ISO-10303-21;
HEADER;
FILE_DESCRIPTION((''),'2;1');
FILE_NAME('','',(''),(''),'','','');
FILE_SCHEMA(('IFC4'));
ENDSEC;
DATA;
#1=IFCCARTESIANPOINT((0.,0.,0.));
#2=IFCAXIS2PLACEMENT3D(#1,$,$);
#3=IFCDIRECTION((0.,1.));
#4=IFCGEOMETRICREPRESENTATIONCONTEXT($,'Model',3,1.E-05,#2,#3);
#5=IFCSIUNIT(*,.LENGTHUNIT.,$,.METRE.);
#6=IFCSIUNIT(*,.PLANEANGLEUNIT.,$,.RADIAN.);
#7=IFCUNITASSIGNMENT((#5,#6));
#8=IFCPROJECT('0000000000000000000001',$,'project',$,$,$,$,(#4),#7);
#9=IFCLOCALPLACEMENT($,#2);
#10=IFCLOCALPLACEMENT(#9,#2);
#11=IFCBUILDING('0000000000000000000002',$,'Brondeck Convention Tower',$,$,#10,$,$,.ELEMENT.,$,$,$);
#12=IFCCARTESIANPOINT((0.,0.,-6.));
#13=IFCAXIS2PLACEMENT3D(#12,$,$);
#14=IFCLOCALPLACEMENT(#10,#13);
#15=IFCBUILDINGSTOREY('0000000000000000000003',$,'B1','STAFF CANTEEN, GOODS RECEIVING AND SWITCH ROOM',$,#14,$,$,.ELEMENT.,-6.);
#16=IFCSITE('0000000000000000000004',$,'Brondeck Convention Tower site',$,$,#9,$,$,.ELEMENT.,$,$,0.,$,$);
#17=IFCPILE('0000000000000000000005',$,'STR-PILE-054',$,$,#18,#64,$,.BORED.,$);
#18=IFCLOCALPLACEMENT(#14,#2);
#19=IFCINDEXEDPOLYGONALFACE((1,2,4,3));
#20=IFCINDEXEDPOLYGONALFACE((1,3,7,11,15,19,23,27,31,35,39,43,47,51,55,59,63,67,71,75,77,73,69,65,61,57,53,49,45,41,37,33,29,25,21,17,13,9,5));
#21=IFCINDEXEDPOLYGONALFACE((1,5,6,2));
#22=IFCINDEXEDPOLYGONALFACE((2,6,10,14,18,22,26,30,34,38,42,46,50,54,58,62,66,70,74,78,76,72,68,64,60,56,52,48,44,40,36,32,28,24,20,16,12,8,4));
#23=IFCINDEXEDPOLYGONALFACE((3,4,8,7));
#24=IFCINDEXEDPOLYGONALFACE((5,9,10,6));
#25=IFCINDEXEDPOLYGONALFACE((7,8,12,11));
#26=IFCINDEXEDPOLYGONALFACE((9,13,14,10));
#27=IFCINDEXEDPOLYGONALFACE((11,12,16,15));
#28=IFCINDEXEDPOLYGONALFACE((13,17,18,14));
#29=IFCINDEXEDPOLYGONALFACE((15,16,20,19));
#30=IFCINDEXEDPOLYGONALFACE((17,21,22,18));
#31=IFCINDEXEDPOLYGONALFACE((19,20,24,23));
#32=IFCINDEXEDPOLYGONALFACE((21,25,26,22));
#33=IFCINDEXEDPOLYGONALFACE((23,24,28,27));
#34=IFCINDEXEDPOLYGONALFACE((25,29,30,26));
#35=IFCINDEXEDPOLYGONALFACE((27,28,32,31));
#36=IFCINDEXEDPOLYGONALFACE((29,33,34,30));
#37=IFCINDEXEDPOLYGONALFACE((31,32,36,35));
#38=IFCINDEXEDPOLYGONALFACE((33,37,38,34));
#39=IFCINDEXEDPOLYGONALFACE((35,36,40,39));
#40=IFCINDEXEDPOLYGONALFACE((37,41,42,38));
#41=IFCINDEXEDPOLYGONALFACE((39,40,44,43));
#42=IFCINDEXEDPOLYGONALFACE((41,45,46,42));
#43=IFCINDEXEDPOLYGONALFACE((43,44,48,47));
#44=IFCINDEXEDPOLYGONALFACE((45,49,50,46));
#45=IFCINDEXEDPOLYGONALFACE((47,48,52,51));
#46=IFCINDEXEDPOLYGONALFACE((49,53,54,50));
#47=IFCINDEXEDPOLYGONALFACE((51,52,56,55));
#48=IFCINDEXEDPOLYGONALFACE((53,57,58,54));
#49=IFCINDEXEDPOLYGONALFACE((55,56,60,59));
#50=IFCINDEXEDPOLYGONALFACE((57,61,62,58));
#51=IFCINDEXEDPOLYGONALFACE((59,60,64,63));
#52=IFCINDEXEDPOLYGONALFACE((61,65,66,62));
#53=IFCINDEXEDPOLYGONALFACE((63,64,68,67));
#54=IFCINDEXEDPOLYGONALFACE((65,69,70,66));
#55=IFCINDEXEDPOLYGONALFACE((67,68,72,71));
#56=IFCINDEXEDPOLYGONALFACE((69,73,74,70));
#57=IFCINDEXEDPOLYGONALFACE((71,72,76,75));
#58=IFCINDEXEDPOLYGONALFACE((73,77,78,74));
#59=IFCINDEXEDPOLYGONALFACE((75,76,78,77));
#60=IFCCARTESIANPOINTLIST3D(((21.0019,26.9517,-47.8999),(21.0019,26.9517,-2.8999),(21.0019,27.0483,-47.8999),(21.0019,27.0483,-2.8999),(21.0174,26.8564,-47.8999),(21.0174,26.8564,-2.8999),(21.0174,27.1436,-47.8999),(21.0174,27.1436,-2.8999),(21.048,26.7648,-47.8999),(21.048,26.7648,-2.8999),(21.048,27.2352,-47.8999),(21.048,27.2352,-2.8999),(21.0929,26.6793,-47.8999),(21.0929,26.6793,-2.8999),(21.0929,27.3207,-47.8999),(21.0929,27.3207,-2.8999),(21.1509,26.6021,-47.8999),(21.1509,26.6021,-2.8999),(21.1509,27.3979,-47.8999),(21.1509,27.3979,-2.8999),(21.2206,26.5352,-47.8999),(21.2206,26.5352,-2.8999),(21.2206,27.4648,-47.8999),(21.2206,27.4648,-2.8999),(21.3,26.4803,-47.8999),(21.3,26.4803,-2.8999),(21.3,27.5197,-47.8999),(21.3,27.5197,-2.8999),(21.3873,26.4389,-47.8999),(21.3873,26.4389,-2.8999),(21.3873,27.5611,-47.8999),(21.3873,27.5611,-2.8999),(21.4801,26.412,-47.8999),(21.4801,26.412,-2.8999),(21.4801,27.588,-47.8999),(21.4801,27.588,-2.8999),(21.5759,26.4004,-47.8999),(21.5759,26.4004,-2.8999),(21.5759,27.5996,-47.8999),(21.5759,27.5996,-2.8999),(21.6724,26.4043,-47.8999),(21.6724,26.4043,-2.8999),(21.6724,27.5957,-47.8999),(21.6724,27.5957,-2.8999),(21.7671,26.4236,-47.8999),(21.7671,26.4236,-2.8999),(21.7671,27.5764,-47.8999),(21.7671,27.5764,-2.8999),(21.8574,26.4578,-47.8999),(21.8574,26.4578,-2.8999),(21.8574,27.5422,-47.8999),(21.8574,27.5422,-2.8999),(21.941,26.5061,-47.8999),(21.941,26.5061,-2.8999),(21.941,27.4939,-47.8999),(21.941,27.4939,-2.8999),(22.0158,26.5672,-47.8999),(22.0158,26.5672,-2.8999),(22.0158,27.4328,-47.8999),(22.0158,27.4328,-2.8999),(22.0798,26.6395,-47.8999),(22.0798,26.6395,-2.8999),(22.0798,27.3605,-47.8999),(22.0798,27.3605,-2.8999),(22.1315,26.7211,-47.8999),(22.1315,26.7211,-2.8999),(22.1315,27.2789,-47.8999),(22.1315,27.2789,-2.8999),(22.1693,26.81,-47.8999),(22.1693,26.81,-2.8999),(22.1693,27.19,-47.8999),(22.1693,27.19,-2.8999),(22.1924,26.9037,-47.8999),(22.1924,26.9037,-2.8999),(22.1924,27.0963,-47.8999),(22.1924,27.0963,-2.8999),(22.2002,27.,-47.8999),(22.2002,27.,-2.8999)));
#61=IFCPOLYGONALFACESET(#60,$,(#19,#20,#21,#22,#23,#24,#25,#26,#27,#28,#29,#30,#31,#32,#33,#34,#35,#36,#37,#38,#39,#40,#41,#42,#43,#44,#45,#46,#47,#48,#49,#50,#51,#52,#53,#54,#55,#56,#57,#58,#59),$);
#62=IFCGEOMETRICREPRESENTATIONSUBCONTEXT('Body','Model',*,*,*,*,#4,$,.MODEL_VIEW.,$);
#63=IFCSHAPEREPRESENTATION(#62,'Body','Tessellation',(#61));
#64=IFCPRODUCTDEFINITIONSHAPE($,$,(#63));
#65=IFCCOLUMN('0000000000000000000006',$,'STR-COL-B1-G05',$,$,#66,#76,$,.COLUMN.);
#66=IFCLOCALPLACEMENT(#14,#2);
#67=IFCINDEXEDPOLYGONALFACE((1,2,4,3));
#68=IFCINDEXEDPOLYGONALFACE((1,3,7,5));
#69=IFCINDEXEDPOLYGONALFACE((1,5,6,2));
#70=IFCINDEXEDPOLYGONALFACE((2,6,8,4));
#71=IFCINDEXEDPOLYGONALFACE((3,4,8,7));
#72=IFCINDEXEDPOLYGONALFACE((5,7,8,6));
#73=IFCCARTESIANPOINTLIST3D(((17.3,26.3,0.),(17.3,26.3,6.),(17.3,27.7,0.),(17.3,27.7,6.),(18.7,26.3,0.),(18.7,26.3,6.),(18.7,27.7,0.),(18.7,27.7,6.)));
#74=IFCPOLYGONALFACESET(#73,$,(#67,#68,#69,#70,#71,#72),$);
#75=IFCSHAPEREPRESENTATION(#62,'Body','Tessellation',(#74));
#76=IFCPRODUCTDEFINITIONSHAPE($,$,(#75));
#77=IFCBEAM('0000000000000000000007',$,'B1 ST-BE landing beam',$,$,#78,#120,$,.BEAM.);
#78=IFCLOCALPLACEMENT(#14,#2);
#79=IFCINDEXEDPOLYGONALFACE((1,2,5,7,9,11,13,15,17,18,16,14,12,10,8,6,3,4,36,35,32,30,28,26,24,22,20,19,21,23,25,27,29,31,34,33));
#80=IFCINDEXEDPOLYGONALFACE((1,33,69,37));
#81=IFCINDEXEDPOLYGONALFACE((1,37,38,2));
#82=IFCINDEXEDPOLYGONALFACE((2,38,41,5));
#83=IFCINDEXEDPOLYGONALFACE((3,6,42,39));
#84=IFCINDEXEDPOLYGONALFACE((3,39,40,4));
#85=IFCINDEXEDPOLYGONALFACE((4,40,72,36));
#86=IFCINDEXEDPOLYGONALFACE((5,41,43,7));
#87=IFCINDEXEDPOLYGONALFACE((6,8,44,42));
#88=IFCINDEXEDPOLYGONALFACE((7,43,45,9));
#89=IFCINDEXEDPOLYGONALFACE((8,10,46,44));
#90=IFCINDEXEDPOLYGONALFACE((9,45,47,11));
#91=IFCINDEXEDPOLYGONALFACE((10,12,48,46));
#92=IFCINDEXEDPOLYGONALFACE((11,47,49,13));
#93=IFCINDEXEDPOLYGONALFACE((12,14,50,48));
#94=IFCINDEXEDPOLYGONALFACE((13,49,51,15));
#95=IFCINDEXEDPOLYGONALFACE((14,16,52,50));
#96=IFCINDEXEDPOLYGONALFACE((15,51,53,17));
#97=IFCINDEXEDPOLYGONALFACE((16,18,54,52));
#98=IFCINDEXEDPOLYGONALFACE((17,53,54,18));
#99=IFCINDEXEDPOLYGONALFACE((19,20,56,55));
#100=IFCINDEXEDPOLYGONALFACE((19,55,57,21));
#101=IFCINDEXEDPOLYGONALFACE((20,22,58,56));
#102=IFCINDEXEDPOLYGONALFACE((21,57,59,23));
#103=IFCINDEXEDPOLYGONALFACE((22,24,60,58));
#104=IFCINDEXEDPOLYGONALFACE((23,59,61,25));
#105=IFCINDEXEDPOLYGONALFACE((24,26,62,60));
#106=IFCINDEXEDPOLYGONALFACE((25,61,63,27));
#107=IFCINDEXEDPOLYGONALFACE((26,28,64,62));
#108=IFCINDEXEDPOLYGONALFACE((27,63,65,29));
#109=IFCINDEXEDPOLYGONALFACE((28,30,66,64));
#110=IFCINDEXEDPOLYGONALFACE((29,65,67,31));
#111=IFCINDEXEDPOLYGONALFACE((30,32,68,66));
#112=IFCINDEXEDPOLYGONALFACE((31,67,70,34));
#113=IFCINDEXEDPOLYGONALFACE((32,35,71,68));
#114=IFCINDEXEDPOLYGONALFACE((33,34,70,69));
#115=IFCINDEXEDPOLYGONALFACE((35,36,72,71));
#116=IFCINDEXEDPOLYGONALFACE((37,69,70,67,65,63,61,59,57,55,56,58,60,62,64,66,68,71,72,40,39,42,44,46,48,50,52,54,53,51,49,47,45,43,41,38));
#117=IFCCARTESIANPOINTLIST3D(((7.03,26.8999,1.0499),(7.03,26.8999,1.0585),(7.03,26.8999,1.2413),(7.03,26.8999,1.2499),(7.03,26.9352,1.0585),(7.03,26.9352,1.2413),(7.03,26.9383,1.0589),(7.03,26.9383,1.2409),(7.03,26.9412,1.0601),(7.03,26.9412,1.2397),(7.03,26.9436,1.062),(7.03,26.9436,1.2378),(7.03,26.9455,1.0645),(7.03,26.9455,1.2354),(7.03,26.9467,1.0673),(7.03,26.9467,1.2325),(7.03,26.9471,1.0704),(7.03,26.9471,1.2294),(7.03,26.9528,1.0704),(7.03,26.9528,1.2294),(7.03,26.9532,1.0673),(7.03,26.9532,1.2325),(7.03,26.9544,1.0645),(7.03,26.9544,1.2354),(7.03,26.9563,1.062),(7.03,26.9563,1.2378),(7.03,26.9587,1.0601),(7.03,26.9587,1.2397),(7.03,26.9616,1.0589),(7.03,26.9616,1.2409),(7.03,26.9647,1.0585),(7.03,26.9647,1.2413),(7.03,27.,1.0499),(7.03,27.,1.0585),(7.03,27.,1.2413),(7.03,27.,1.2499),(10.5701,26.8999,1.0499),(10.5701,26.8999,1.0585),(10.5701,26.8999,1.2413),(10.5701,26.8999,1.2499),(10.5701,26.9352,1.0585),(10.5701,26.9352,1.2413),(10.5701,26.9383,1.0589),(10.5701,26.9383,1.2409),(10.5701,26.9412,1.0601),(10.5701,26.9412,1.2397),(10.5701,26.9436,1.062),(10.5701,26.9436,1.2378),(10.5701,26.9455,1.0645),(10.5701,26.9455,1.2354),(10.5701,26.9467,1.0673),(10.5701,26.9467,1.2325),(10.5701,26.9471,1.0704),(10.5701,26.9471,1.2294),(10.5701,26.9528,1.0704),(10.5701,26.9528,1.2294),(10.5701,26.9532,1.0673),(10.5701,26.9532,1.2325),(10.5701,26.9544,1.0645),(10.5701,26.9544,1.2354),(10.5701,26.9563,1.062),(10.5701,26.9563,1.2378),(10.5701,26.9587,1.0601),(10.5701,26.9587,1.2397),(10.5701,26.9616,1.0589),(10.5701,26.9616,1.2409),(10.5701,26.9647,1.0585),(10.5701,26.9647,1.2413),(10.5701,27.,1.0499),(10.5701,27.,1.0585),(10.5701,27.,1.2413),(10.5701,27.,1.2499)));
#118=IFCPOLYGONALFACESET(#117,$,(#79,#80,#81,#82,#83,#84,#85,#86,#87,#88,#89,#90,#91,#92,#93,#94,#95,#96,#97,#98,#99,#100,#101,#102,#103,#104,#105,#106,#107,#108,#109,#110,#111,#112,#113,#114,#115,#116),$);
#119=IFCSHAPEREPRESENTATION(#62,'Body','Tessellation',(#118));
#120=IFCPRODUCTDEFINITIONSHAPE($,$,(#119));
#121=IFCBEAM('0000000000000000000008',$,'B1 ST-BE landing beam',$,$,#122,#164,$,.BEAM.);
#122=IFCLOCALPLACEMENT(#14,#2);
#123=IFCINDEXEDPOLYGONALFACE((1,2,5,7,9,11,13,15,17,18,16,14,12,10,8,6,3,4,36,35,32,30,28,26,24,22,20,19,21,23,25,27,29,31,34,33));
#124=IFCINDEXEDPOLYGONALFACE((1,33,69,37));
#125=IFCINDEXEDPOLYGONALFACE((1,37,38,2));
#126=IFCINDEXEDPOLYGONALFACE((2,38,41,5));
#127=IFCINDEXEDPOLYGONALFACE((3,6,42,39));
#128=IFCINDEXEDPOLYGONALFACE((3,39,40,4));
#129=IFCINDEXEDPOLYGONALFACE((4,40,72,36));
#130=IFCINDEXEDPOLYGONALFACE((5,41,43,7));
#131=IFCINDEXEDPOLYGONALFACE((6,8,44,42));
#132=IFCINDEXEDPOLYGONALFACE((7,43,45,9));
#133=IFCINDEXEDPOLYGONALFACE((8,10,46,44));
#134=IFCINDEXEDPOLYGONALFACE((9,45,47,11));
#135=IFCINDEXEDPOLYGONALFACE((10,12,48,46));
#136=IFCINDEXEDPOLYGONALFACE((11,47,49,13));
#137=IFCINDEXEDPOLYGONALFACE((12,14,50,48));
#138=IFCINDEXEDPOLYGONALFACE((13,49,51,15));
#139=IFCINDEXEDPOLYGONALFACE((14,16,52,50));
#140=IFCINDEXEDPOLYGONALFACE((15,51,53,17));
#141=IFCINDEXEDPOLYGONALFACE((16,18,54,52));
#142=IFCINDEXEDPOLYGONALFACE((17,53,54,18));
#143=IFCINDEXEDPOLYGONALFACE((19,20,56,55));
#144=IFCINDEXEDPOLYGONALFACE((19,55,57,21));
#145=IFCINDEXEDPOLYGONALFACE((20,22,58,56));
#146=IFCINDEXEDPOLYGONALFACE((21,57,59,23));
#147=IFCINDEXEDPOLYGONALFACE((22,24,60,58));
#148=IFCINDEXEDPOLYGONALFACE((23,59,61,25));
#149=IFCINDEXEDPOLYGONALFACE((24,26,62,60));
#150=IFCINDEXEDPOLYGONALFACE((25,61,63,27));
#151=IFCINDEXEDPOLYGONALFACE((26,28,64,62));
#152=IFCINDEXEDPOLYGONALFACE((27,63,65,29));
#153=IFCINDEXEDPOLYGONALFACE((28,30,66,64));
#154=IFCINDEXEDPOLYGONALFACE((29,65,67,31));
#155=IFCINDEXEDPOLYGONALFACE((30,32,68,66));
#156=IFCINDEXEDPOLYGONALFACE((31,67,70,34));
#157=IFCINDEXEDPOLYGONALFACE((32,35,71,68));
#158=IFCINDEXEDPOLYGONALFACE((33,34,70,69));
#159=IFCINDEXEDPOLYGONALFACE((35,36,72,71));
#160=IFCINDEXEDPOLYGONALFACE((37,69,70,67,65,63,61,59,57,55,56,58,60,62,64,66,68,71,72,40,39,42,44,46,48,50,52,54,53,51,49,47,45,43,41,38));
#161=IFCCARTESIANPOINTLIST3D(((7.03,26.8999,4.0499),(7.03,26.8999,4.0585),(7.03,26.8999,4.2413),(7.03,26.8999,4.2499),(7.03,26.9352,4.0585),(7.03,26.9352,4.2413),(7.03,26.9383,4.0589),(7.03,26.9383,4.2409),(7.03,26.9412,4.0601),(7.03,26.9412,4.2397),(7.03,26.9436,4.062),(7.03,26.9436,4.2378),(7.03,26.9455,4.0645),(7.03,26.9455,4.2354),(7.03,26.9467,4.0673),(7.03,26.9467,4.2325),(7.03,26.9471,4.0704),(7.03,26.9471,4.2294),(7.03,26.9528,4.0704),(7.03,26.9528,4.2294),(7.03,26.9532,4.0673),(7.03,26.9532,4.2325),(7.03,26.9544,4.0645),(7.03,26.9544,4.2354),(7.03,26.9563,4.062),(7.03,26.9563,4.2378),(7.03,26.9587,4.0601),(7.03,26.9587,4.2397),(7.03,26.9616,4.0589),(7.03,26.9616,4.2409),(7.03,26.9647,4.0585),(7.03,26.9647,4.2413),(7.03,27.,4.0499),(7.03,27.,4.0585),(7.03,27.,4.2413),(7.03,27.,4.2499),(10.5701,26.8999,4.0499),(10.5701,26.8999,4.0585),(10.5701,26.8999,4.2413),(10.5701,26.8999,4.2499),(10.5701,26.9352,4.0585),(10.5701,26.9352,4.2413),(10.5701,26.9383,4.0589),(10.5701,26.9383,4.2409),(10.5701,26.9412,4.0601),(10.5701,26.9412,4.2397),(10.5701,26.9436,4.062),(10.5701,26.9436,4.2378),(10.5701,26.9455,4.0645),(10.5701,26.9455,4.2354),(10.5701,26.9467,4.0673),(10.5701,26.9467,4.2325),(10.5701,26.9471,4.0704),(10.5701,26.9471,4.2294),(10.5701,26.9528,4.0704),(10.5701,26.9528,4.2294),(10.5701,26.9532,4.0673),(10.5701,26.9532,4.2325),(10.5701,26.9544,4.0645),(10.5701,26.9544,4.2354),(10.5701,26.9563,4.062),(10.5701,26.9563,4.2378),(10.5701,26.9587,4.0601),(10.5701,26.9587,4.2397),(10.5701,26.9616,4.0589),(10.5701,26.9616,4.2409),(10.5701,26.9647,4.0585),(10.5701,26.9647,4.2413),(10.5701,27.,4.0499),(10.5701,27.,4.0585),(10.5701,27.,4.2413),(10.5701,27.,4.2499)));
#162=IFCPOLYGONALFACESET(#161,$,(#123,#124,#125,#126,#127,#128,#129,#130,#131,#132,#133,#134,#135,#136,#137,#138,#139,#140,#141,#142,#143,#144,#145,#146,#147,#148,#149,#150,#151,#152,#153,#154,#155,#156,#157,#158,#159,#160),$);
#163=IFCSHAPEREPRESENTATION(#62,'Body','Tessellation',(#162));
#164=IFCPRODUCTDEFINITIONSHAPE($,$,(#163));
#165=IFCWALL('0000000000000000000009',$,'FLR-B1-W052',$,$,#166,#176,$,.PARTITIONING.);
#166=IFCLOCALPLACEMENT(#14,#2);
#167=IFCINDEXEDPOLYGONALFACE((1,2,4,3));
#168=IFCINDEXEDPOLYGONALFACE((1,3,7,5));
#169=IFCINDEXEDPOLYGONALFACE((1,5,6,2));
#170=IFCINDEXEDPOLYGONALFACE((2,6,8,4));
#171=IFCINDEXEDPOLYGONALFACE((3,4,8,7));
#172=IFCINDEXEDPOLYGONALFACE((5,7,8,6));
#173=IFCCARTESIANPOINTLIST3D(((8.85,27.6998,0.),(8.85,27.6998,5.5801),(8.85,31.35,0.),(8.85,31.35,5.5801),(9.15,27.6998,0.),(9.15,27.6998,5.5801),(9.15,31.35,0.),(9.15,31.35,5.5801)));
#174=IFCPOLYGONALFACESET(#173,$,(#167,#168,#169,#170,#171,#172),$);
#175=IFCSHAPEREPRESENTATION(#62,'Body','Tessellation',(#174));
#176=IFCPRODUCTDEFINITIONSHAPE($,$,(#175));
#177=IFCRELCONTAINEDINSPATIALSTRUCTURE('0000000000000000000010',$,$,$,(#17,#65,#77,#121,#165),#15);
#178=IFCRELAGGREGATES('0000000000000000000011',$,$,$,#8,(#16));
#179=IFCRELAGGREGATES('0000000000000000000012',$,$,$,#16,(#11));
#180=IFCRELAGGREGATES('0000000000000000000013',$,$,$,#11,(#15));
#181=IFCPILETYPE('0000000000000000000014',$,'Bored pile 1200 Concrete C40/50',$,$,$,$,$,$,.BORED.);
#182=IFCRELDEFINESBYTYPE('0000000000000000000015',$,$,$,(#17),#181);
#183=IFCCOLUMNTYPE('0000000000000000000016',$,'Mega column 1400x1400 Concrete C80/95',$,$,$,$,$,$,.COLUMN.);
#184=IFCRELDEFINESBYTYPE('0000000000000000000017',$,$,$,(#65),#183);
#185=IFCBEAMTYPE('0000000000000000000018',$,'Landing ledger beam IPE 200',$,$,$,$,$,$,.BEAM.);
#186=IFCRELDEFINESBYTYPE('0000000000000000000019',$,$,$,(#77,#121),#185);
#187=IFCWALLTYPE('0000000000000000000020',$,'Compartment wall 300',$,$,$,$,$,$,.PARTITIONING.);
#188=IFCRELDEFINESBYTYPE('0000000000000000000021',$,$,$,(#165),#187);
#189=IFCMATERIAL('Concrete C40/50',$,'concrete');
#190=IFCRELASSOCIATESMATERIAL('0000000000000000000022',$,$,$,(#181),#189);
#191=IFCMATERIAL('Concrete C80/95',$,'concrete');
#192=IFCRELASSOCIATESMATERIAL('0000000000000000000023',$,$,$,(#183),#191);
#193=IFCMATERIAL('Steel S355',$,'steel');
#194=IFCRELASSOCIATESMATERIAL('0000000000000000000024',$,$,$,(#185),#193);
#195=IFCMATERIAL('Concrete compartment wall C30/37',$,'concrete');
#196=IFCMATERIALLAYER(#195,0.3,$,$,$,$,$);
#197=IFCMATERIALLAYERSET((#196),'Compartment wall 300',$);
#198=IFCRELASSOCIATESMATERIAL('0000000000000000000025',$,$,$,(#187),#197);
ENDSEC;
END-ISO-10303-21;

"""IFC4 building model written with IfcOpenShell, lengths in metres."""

from ifc_helpers import new_model, si_unit, direction, frame, frame_2d, origin, origin_2d, place, context, subcontext, project, spatial, rectangle, circle, i_section, extrude, material, layer, layer_set, material_profile, profile_set, type_object, element, save


model = new_model("IFC4")

# Units and contexts
model_context = context("Model", 3, precision=1e-05, world=origin(), true_north=direction((0.0, 1.0)))
body_context = subcontext(model_context, "Body", "Model", "MODEL_VIEW")
ifc_project = project(units=[si_unit("LENGTHUNIT", "METRE"), si_unit("PLANEANGLEUNIT", "RADIAN")], contexts=[model_context])

# Site, building, storey
site_placement = place(None, origin())
site = spatial("IfcSite", under=ifc_project, at=site_placement, Name="Brondeck Convention Tower site", CompositionType="ELEMENT", RefElevation=0.0)
building_placement = place(site_placement, origin())
building = spatial("IfcBuilding", under=site, at=building_placement, Name="Brondeck Convention Tower", CompositionType="ELEMENT")
storey_placement = place(building_placement, frame((0.0, 0.0, -6.0)))
storey = spatial("IfcBuildingStorey", under=building, at=storey_placement, Name="B1", Description="STAFF CANTEEN, GOODS RECEIVING AND SWITCH ROOM", CompositionType="ELEMENT", Elevation=-6.0)

# Pile
ifc_material_1 = material(Name="Concrete C40/50", Category="concrete")
ifc_material_profile_1 = material_profile(ifc_material_1, circle(Radius=0.6001, at=origin_2d()), Name="Bored pile 1200 Concrete C40/50")
ifc_profile_set_1 = profile_set([ifc_material_profile_1], Name="Concrete C40/50")
pile_type = type_object("IfcPileType", Name="Bored pile 1200 Concrete C40/50", PredefinedType="BORED", material=ifc_profile_set_1)
for number, where, z_axis, x_axis, name in (
    (1, (21.6001, 27.0, -2.8999), (0.0, 0.0, -1.0), (1.0, 0.0, 0.0), "STR-PILE-054"),
):
    element("IfcPile", number, at=place(storey_placement, frame(where, z_axis=z_axis, x_axis=x_axis)), inside=storey, type_object=pile_type, Name=name, PredefinedType="BORED", context=body_context, shape_type="SweptSolid", body=[
        extrude(circle(Radius=0.6001, at=origin_2d()), origin(), (0.0, 0.0, 1.0), 45.0),
    ])

# Column
ifc_material_2 = material(Name="Concrete C80/95", Category="concrete")
ifc_material_profile_2 = material_profile(ifc_material_2, rectangle(XDim=1.3999, YDim=1.3999, at=origin_2d()), Name="Mega column 1400x1400 Concrete C80/95")
ifc_profile_set_2 = profile_set([ifc_material_profile_2], Name="Concrete C80/95")
column_type = type_object("IfcColumnType", Name="Mega column 1400x1400 Concrete C80/95", PredefinedType="COLUMN", material=ifc_profile_set_2)
column_placement = place(storey_placement, frame((18.0, 27.0, 0.0), z_axis=(0.0, 0.0, 1.0), x_axis=(1.0, 0.0, 0.0)))
element("IfcColumn", 2, at=column_placement, inside=storey, type_object=column_type, Name="STR-COL-B1-G05", PredefinedType="COLUMN", context=body_context, shape_type="SweptSolid", body=[
    extrude(rectangle(XDim=1.3999, YDim=1.3999, at=origin_2d()), origin(), (0.0, 0.0, 1.0), 6.0),
])

# Beams
ifc_material_3 = material(Name="Steel S355", Category="steel")
ifc_material_profile_3 = material_profile(ifc_material_3, i_section(OverallWidth=0.1001, OverallDepth=0.2, WebThickness=0.0056, FlangeThickness=0.0085, FilletRadius=0.012, at=origin_2d()), Name="IPE200")
ifc_profile_set_3 = profile_set([ifc_material_profile_3], Name="Steel S355")
beam_type = type_object("IfcBeamType", Name="Landing ledger beam IPE 200", PredefinedType="BEAM", material=ifc_profile_set_3)
for number, where, z_axis, x_axis, name in (
    (3, (10.5701, 26.95, 1.1499), (-1.0, 0.0, 0.0), (0.0, -1.0, 0.0), "B1 ST-BE landing beam"),
    (4, (10.5701, 26.95, 4.1499), (-1.0, 0.0, 0.0), (0.0, -1.0, 0.0), "B1 ST-BE landing beam"),
):
    element("IfcBeam", number, at=place(storey_placement, frame(where, z_axis=z_axis, x_axis=x_axis)), inside=storey, type_object=beam_type, Name=name, PredefinedType="BEAM", context=body_context, shape_type="SweptSolid", body=[
        extrude(i_section(OverallWidth=0.1001, OverallDepth=0.2, WebThickness=0.0056, FlangeThickness=0.0085, FilletRadius=0.012, at=origin_2d()), origin(), (0.0, 0.0, 1.0), 3.54),
    ])

# Wall
ifc_material_4 = material(Name="Concrete compartment wall C30/37", Category="concrete")
ifc_layer_1 = layer(ifc_material_4, 0.3)
ifc_layer_set_1 = layer_set([ifc_layer_1], Name="Compartment wall 300")
wall_type_1 = type_object("IfcWallType", Name="Compartment wall 300", PredefinedType="PARTITIONING", material=ifc_layer_set_1)
wall_1_placement = place(storey_placement, frame((9.0, 31.3501, 0.0), z_axis=(0.0, 0.0, 1.0), x_axis=(0.0, -1.0, 0.0)))
element("IfcWall", 5, at=wall_1_placement, inside=storey, type_object=wall_type_1, Name="FLR-B1-W052", PredefinedType="PARTITIONING", context=body_context, shape_type="SweptSolid", body=[
    extrude(rectangle(XDim=3.6501, YDim=0.3, at=frame_2d((1.8252, 0.0))), origin(), (0.0, 0.0, 1.0), 5.5801),
])

save(model, "model.ifc")
